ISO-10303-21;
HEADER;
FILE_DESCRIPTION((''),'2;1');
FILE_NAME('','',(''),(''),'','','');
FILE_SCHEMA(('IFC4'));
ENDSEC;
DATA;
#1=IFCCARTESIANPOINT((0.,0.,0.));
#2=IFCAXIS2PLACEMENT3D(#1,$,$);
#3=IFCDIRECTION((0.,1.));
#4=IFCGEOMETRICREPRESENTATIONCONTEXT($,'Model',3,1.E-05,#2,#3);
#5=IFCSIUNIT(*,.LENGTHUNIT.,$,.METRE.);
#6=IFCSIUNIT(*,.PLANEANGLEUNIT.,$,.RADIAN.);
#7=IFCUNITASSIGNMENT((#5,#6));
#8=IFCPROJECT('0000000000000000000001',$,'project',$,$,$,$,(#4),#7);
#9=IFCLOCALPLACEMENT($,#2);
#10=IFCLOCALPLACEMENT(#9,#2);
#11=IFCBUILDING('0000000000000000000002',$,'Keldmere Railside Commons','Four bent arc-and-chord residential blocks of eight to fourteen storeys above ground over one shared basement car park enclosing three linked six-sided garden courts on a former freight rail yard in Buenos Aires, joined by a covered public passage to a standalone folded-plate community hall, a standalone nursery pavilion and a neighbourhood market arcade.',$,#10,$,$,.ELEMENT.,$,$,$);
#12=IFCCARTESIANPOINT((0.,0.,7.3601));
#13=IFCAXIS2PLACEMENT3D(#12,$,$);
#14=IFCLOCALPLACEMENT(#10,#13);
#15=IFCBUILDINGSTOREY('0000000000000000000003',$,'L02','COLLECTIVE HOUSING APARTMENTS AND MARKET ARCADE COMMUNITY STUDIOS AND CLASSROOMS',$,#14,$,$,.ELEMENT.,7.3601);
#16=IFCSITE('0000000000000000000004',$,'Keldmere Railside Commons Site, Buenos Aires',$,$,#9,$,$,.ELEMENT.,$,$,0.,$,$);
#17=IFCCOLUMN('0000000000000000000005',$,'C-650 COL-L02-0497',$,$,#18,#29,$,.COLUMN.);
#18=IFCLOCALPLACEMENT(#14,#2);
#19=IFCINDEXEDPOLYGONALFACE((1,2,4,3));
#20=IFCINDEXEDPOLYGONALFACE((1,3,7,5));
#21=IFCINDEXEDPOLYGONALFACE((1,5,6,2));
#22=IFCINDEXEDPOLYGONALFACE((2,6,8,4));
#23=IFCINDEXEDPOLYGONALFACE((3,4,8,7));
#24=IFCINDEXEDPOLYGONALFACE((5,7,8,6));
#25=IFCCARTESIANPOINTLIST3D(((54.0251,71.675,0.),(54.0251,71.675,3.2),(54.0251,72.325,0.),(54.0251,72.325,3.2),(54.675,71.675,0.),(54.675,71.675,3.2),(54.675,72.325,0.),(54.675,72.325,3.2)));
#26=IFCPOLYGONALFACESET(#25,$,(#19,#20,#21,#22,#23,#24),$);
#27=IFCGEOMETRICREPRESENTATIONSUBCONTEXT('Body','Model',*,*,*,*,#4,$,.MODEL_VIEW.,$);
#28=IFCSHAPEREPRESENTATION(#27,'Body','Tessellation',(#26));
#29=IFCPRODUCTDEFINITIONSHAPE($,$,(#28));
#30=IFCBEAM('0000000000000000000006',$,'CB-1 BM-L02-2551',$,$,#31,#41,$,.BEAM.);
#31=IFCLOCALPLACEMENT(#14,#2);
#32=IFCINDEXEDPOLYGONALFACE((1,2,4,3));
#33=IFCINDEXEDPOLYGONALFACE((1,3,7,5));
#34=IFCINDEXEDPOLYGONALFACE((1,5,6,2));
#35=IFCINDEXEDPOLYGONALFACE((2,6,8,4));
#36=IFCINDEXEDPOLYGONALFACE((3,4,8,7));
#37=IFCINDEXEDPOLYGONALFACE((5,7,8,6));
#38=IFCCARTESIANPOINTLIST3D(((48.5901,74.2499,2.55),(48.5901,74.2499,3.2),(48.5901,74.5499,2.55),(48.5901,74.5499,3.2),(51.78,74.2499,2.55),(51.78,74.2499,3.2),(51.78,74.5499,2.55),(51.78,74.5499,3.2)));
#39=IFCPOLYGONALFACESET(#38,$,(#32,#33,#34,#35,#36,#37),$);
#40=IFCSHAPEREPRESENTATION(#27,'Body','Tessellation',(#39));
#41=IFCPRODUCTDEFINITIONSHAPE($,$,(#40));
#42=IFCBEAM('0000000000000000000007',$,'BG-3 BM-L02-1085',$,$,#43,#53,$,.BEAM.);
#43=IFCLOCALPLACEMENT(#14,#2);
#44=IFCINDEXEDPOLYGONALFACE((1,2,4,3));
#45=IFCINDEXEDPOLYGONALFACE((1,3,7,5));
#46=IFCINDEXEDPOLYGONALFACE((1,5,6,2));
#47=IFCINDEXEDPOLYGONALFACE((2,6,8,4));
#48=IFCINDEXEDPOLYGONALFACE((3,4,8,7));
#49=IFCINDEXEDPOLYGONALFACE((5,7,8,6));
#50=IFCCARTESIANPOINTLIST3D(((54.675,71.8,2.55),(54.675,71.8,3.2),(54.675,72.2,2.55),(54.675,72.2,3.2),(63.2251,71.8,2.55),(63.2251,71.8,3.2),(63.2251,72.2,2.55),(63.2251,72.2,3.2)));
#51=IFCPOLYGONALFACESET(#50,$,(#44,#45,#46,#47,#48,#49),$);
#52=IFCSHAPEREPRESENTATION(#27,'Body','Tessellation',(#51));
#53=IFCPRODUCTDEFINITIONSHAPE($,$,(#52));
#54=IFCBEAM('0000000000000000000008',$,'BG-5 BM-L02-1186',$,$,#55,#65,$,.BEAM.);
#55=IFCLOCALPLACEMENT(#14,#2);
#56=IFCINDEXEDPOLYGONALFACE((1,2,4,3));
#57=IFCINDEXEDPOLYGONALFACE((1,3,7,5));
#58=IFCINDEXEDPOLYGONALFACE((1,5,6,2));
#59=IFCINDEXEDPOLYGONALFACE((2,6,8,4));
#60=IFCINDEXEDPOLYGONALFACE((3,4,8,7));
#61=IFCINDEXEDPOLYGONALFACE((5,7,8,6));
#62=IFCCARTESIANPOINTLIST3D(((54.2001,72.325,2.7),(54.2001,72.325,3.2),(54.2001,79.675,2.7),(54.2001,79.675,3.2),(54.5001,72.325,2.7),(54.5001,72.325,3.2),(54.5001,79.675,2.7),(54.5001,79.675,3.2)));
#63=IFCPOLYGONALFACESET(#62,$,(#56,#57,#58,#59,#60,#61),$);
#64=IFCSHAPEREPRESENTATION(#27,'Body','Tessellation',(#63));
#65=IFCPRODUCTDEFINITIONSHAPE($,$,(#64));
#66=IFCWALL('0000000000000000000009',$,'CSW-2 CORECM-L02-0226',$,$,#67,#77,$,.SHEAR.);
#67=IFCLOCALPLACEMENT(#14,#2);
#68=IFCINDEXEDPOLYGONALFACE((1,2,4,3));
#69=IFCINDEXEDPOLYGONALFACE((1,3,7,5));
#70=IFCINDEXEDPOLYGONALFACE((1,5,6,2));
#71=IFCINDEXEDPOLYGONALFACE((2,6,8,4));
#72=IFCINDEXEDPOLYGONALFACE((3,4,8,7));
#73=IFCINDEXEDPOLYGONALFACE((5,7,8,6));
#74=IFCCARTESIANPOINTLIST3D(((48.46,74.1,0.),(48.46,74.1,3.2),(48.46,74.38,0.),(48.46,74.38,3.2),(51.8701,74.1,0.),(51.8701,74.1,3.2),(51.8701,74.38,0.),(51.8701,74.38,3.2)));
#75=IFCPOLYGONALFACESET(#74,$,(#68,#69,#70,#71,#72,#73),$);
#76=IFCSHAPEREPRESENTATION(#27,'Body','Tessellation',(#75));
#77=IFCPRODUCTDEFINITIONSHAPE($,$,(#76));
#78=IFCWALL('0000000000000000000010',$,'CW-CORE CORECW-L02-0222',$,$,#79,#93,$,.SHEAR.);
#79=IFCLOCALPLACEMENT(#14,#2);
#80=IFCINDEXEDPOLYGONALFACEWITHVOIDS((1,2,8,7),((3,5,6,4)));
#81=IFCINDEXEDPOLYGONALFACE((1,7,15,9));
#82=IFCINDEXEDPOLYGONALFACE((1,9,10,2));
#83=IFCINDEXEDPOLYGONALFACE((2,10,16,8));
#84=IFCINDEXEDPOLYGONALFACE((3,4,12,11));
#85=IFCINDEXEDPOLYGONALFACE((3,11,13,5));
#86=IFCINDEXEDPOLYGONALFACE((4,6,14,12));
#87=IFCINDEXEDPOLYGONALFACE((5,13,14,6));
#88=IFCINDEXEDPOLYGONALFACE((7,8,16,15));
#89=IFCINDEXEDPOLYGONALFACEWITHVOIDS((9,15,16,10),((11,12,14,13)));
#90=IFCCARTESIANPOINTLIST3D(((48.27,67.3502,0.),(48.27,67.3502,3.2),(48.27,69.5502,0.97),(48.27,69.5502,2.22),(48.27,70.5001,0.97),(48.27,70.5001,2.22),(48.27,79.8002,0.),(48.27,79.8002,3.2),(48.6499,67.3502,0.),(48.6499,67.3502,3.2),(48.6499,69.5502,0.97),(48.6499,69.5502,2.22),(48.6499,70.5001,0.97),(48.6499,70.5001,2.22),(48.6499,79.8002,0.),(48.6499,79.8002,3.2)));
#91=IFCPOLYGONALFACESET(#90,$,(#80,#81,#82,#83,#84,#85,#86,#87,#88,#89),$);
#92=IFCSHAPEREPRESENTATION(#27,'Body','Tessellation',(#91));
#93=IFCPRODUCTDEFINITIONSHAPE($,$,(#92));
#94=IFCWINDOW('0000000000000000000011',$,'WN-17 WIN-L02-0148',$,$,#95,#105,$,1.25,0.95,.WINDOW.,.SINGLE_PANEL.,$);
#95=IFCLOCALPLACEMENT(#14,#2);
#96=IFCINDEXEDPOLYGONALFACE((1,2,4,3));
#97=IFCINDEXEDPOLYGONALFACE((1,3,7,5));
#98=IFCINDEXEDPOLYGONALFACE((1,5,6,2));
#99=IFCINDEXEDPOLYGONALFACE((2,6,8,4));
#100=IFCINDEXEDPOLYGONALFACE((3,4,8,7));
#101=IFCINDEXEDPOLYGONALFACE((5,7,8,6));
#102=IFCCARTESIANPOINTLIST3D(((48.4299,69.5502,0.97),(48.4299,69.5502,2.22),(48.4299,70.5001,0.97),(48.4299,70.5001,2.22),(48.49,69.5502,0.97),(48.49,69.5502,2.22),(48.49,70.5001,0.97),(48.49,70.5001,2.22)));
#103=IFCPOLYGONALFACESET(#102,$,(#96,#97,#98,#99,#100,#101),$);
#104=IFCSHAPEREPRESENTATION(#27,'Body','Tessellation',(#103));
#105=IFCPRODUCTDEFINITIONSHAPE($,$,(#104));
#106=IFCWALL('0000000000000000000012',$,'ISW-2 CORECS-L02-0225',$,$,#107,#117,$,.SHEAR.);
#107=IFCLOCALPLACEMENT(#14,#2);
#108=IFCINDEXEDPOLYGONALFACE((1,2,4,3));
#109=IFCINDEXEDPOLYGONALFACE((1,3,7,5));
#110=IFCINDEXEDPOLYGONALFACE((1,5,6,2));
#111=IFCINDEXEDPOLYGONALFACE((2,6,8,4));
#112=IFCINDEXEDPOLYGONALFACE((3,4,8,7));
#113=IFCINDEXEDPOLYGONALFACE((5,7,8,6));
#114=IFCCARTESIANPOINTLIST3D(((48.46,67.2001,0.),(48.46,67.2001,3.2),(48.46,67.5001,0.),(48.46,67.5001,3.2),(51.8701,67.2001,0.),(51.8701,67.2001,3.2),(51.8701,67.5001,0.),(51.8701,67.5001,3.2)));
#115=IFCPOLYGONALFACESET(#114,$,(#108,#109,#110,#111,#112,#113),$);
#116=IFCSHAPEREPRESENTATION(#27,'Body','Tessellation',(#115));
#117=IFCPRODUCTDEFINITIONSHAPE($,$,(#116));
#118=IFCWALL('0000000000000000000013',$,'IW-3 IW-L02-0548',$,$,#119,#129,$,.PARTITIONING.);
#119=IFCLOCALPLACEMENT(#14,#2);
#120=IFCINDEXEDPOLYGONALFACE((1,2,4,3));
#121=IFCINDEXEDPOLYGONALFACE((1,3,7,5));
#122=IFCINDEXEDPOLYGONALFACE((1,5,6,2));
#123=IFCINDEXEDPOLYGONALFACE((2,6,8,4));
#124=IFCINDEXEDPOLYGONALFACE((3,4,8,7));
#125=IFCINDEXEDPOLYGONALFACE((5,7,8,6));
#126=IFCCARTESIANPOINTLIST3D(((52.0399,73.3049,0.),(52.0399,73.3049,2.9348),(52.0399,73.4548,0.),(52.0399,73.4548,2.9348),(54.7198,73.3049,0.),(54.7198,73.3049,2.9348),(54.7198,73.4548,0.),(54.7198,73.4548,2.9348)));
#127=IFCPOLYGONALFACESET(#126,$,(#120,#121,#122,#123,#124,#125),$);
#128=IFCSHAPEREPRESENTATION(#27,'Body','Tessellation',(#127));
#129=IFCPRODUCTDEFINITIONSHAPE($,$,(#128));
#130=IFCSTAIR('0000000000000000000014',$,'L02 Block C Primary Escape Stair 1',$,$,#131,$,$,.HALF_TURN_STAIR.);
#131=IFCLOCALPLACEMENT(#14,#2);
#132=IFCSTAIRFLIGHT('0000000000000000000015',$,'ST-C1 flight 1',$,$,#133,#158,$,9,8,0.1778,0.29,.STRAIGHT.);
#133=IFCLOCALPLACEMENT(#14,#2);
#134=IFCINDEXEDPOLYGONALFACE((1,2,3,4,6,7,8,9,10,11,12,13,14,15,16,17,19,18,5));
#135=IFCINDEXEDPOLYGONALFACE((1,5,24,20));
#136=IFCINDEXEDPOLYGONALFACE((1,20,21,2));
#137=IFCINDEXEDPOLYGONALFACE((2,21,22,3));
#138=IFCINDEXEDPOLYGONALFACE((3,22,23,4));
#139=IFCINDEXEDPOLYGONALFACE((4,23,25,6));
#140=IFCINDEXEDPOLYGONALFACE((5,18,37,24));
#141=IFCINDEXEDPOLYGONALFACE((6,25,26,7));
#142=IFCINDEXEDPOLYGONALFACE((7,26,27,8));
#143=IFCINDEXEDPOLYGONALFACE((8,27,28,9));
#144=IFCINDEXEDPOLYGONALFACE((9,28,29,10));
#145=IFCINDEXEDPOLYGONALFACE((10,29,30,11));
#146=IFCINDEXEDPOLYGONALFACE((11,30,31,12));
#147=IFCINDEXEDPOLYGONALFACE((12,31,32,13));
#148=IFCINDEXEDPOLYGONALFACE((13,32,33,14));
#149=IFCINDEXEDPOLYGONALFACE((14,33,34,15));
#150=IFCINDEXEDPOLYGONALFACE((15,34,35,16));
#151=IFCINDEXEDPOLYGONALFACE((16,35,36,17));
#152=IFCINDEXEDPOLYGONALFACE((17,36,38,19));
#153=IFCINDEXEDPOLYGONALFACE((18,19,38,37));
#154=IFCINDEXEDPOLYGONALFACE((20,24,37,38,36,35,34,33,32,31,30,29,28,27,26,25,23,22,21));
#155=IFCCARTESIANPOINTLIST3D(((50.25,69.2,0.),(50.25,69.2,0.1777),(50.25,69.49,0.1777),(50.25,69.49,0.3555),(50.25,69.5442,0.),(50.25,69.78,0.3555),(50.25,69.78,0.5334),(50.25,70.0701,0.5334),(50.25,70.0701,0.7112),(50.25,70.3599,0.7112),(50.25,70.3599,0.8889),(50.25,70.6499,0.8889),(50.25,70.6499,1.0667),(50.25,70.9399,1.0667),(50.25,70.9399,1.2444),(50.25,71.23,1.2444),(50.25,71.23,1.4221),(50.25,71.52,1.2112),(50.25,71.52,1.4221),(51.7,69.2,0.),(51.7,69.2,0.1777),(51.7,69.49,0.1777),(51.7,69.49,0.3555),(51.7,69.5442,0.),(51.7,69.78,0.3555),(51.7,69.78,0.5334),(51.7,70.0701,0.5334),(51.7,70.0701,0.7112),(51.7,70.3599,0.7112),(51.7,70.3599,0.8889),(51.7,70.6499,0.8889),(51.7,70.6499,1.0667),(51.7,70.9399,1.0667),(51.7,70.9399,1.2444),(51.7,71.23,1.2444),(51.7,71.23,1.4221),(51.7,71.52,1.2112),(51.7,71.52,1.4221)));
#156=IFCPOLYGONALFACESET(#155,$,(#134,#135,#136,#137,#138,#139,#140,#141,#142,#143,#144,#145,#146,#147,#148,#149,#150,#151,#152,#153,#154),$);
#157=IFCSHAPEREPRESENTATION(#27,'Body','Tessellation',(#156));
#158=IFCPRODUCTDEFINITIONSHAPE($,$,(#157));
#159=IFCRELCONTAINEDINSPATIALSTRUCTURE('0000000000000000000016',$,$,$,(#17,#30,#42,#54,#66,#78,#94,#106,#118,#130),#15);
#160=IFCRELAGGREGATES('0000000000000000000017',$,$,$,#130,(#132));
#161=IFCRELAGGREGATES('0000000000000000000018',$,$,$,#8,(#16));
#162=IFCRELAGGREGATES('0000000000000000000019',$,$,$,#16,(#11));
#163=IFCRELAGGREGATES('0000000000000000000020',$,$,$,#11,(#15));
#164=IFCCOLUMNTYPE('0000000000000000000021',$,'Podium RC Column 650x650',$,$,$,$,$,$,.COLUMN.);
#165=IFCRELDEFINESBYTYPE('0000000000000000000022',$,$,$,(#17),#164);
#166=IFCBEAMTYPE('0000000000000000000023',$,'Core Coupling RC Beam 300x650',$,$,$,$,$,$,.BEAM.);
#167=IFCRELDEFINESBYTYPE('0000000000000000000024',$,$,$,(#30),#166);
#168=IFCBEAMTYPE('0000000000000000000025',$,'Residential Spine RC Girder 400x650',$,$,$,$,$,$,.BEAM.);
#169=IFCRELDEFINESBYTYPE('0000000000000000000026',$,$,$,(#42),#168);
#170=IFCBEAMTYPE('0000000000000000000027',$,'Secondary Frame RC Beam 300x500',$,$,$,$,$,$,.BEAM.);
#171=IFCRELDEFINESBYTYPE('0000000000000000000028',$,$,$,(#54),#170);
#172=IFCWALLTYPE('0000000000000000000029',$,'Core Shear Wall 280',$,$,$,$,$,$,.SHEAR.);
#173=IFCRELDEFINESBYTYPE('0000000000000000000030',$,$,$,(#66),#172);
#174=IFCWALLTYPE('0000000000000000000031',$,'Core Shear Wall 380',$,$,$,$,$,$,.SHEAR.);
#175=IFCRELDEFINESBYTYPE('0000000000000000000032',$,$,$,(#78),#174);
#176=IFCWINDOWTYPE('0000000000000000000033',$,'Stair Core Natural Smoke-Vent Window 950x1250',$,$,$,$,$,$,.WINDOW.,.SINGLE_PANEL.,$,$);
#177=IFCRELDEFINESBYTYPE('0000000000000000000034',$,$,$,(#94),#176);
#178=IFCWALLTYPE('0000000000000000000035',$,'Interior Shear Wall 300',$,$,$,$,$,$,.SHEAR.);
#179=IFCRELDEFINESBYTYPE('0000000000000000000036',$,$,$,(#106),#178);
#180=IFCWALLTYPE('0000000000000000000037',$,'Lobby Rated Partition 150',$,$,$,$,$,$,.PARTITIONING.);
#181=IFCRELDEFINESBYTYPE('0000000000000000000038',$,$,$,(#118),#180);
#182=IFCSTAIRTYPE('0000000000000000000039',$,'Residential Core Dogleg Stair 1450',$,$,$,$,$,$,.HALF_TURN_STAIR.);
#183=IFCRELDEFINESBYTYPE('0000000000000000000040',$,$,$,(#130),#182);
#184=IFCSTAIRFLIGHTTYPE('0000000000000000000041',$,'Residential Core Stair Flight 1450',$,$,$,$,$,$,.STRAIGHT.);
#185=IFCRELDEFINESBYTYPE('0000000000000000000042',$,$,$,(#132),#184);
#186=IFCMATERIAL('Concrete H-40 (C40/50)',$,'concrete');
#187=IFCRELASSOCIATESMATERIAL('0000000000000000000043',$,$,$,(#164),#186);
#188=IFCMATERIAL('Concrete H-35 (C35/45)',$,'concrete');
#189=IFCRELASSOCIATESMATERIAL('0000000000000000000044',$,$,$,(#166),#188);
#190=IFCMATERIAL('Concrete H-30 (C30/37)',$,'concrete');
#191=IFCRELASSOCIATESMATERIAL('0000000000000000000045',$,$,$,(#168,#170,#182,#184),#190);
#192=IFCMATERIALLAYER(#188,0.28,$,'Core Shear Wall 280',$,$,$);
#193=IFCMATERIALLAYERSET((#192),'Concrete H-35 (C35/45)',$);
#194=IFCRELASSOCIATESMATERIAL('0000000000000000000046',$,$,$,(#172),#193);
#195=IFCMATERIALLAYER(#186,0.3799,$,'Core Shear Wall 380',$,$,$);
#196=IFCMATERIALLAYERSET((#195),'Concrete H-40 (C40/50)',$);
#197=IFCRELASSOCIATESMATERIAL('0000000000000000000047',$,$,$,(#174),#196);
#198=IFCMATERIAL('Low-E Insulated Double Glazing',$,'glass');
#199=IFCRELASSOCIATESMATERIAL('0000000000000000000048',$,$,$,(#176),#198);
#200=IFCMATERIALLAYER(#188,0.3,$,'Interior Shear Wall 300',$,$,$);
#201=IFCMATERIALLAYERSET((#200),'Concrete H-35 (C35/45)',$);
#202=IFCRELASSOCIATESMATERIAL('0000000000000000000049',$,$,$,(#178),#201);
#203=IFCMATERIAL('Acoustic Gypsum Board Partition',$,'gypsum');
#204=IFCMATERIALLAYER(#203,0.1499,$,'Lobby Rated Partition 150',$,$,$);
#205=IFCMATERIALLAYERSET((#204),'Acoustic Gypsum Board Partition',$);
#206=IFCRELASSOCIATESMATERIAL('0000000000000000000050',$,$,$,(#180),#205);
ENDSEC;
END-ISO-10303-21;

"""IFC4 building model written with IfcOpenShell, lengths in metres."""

from ifc_helpers import new_model, si_unit, direction, frame, frame_2d, origin, origin_2d, place, context, subcontext, project, spatial, polyline, rectangle, outline, extrude, material, layer, layer_set, material_profile, profile_set, type_object, element, fill, aggregate, save


model = new_model("IFC4")

# Units and contexts
model_context = context("Model", 3, precision=1e-05, world=origin(), true_north=direction((0.0, 1.0)))
body_context = subcontext(model_context, "Body", "Model", "MODEL_VIEW")
ifc_project = project(units=[si_unit("LENGTHUNIT", "METRE"), si_unit("PLANEANGLEUNIT", "RADIAN")], contexts=[model_context])

# Site, building, storey
site_placement = place(None, origin())
site = spatial("IfcSite", under=ifc_project, at=site_placement, Name="Keldmere Railside Commons Site, Buenos Aires", CompositionType="ELEMENT", RefElevation=0.0)
building_placement = place(site_placement, origin())
building = spatial("IfcBuilding", under=site, at=building_placement, Name="Keldmere Railside Commons", Description="Four bent arc-and-chord residential blocks of eight to fourteen storeys above ground over one shared basement car park enclosing three linked six-sided garden courts on a former freight rail yard in Buenos Aires, joined by a covered public passage to a standalone folded-plate community hall, a standalone nursery pavilion and a neighbourhood market arcade.", CompositionType="ELEMENT")
storey_placement = place(building_placement, frame((0.0, 0.0, 7.3601)))
storey = spatial("IfcBuildingStorey", under=building, at=storey_placement, Name="L02", Description="COLLECTIVE HOUSING APARTMENTS AND MARKET ARCADE COMMUNITY STUDIOS AND CLASSROOMS", CompositionType="ELEMENT", Elevation=7.3601)

# Column
ifc_material_1 = material(Name="Concrete H-40 (C40/50)", Category="concrete")
ifc_material_profile_1 = material_profile(ifc_material_1, rectangle(XDim=0.6499, YDim=0.6499, at=origin_2d()), Name="RC-650x650")
ifc_profile_set_1 = profile_set([ifc_material_profile_1], Name="Concrete H-40 (C40/50)")
column_type = type_object("IfcColumnType", Name="Podium RC Column 650x650", PredefinedType="COLUMN", material=ifc_profile_set_1)
column_placement = place(storey_placement, frame((54.3501, 72.0, 0.0), z_axis=(0.0, 0.0, 1.0), x_axis=(1.0, 0.0, 0.0)))
element("IfcColumn", 1, at=column_placement, inside=storey, type_object=column_type, Name="C-650 COL-L02-0497", PredefinedType="COLUMN", context=body_context, shape_type="SweptSolid", body=[
    extrude(rectangle(XDim=0.6499, YDim=0.6499, at=origin_2d()), origin(), (0.0, 0.0, 1.0), 3.2),
])

# Beams
ifc_material_2 = material(Name="Concrete H-35 (C35/45)", Category="concrete")
ifc_material_profile_2 = material_profile(ifc_material_2, rectangle(XDim=0.3, YDim=0.6499, at=origin_2d()), Name="RC-300x650")
ifc_profile_set_2 = profile_set([ifc_material_profile_2], Name="Concrete H-35 (C35/45)")
beam_type_1 = type_object("IfcBeamType", Name="Core Coupling RC Beam 300x650", PredefinedType="BEAM", material=ifc_profile_set_2)
beam_1_placement = place(storey_placement, frame((48.5901, 74.3999, 2.875), z_axis=(1.0, 0.0, 0.0), x_axis=(0.0, 1.0, 0.0)))
element("IfcBeam", 2, at=beam_1_placement, inside=storey, type_object=beam_type_1, Name="CB-1 BM-L02-2551", PredefinedType="BEAM", context=body_context, shape_type="SweptSolid", body=[
    extrude(rectangle(XDim=0.3, YDim=0.6499, at=origin_2d()), origin(), (0.0, 0.0, 1.0), 3.1899),
])
ifc_material_3 = material(Name="Concrete H-30 (C30/37)", Category="concrete")
ifc_material_profile_3 = material_profile(ifc_material_3, rectangle(XDim=0.3999, YDim=0.6499, at=origin_2d()), Name="RC-400x650")
ifc_profile_set_3 = profile_set([ifc_material_profile_3], Name="Concrete H-30 (C30/37)")
beam_type_2 = type_object("IfcBeamType", Name="Residential Spine RC Girder 400x650", PredefinedType="BEAM", material=ifc_profile_set_3)
beam_2_placement = place(storey_placement, frame((54.675, 72.0, 2.875), z_axis=(1.0, 0.0, 0.0), x_axis=(0.0, 1.0, 0.0)))
element("IfcBeam", 3, at=beam_2_placement, inside=storey, type_object=beam_type_2, Name="BG-3 BM-L02-1085", PredefinedType="BEAM", context=body_context, shape_type="SweptSolid", body=[
    extrude(rectangle(XDim=0.3999, YDim=0.6499, at=origin_2d()), origin(), (0.0, 0.0, 1.0), 8.55),
])
ifc_material_profile_4 = material_profile(ifc_material_3, rectangle(XDim=0.3, YDim=0.5, at=origin_2d()), Name="RC-300x500")
ifc_profile_set_4 = profile_set([ifc_material_profile_4], Name="Concrete H-30 (C30/37)")
beam_type_3 = type_object("IfcBeamType", Name="Secondary Frame RC Beam 300x500", PredefinedType="BEAM", material=ifc_profile_set_4)
beam_3_placement = place(storey_placement, frame((54.3501, 72.325, 2.95), z_axis=(0.0, 1.0, 0.0), x_axis=(-1.0, 0.0, 0.0)))
element("IfcBeam", 4, at=beam_3_placement, inside=storey, type_object=beam_type_3, Name="BG-5 BM-L02-1186", PredefinedType="BEAM", context=body_context, shape_type="SweptSolid", body=[
    extrude(rectangle(XDim=0.3, YDim=0.5, at=origin_2d()), origin(), (0.0, 0.0, 1.0), 7.3501),
])

# Wall
ifc_layer_1 = layer(ifc_material_2, 0.28, Name="Core Shear Wall 280")
ifc_layer_set_1 = layer_set([ifc_layer_1], Name="Concrete H-35 (C35/45)")
wall_type_1 = type_object("IfcWallType", Name="Core Shear Wall 280", PredefinedType="SHEAR", material=ifc_layer_set_1)
wall_1_placement = place(storey_placement, frame((48.46, 74.24, 0.0), z_axis=(0.0, 0.0, 1.0), x_axis=(1.0, 0.0, 0.0)))
element("IfcWall", 5, at=wall_1_placement, inside=storey, type_object=wall_type_1, Name="CSW-2 CORECM-L02-0226", PredefinedType="SHEAR", context=body_context, shape_type="SweptSolid", body=[
    extrude(rectangle(XDim=3.4102, YDim=0.28, at=frame_2d((1.7051, 0.0))), origin(), (0.0, 0.0, 1.0), 3.2),
])

# Wall, opening, window
ifc_layer_2 = layer(ifc_material_1, 0.3799, Name="Core Shear Wall 380")
ifc_layer_set_2 = layer_set([ifc_layer_2], Name="Concrete H-40 (C40/50)")
wall_type_2 = type_object("IfcWallType", Name="Core Shear Wall 380", PredefinedType="SHEAR", material=ifc_layer_set_2)
wall_2_placement = place(storey_placement, frame((48.46, 67.3501, 0.0), z_axis=(0.0, 0.0, 1.0), x_axis=(0.0, 1.0, 0.0)))
wall_2 = element("IfcWall", 6, at=wall_2_placement, inside=storey, type_object=wall_type_2, Name="CW-CORE CORECW-L02-0222", PredefinedType="SHEAR", context=body_context, shape_type="SweptSolid", body=[
    extrude(rectangle(XDim=12.45, YDim=0.3799, at=frame_2d((6.2251, 0.0))), origin(), (0.0, 0.0, 1.0), 3.2),
])
opening_1_placement = place(wall_2_placement, frame((2.2, 0.0, 0.97)))
opening_1 = element("IfcOpeningElement", 7, at=opening_1_placement, cuts=wall_2, PredefinedType="OPENING", context=body_context, shape_type="SweptSolid", body=[
    extrude(rectangle(XDim=0.95, YDim=1.25, at=frame_2d((0.4751, 0.625))), frame((0.0, 0.2, 0.0), z_axis=(0.0, -1.0, 0.0), x_axis=(1.0, 0.0, 0.0)), (0.0, 0.0, 1.0), 0.3999),
])
ifc_material_4 = material(Name="Low-E Insulated Double Glazing", Category="glass")
window_type = type_object("IfcWindowType", Name="Stair Core Natural Smoke-Vent Window 950x1250", PartitioningType="SINGLE_PANEL", PredefinedType="WINDOW", material=ifc_material_4)
window_placement = place(opening_1_placement, origin())
window = element("IfcWindow", 8, at=window_placement, inside=storey, type_object=window_type, Name="WN-17 WIN-L02-0148", OverallHeight=1.25, OverallWidth=0.95, PartitioningType="SINGLE_PANEL", PredefinedType="WINDOW", context=body_context, shape_type="SweptSolid", body=[
    extrude(rectangle(XDim=0.95, YDim=1.25, at=frame_2d((0.4751, 0.625))), frame((0.0, 0.03, 0.0), z_axis=(0.0, -1.0, 0.0), x_axis=(1.0, 0.0, 0.0)), (0.0, 0.0, 1.0), 0.0601),
])
fill(opening_1, window)

# Walls
ifc_layer_3 = layer(ifc_material_2, 0.3, Name="Interior Shear Wall 300")
ifc_layer_set_3 = layer_set([ifc_layer_3], Name="Concrete H-35 (C35/45)")
wall_type_3 = type_object("IfcWallType", Name="Interior Shear Wall 300", PredefinedType="SHEAR", material=ifc_layer_set_3)
wall_3_placement = place(storey_placement, frame((51.8701, 67.3501, 0.0), z_axis=(0.0, 0.0, 1.0), x_axis=(-1.0, 0.0, 0.0)))
element("IfcWall", 9, at=wall_3_placement, inside=storey, type_object=wall_type_3, Name="ISW-2 CORECS-L02-0225", PredefinedType="SHEAR", context=body_context, shape_type="SweptSolid", body=[
    extrude(rectangle(XDim=3.4102, YDim=0.3, at=frame_2d((1.7051, 0.0))), origin(), (0.0, 0.0, 1.0), 3.2),
])
ifc_material_5 = material(Name="Acoustic Gypsum Board Partition", Category="gypsum")
ifc_layer_4 = layer(ifc_material_5, 0.1499, Name="Lobby Rated Partition 150")
ifc_layer_set_4 = layer_set([ifc_layer_4], Name="Acoustic Gypsum Board Partition")
wall_type_4 = type_object("IfcWallType", Name="Lobby Rated Partition 150", PredefinedType="PARTITIONING", material=ifc_layer_set_4)
wall_4_placement = place(storey_placement, frame((52.04, 73.3799, 0.0), z_axis=(0.0, 0.0, 1.0), x_axis=(1.0, 0.0, 0.0)))
element("IfcWall", 10, at=wall_4_placement, inside=storey, type_object=wall_type_4, Name="IW-3 IW-L02-0548", PredefinedType="PARTITIONING", context=body_context, shape_type="SweptSolid", body=[
    extrude(rectangle(XDim=2.6799, YDim=0.1499, at=frame_2d((1.3398, 0.0))), origin(), (0.0, 0.0, 1.0), 2.9348),
])

# Stair, stair flight
stair_type = type_object("IfcStairType", Name="Residential Core Dogleg Stair 1450", PredefinedType="HALF_TURN_STAIR", material=ifc_material_3)
stair_placement = place(storey_placement, origin())
stair = element("IfcStair", 11, at=stair_placement, inside=storey, type_object=stair_type, Name="L02 Block C Primary Escape Stair 1", PredefinedType="HALF_TURN_STAIR")
stair_flight_type = type_object("IfcStairFlightType", Name="Residential Core Stair Flight 1450", PredefinedType="STRAIGHT", material=ifc_material_3)
stair_flight_1_placement = place(storey_placement, frame((50.9751, 69.2, 0.0), z_axis=(0.0, 0.0, 1.0), x_axis=(0.0, 1.0, 0.0)))
stair_flight_1 = element("IfcStairFlight", 12, at=stair_flight_1_placement, type_object=stair_flight_type, Name="ST-C1 flight 1", NumberOfRisers=9, NumberOfTreads=8, PredefinedType="STRAIGHT", RiserHeight=0.1778, TreadLength=0.29, context=body_context, shape_type="SweptSolid", body=[
    extrude(outline(polyline([(0.0, 0.0), (0.0, 0.1777), (0.29, 0.1777), (0.29, 0.3555), (0.5801, 0.3555), (0.5801, 0.5334), (0.8701, 0.5334), (0.8701, 0.7112), (1.1599, 0.7112), (1.1599, 0.8889), (1.45, 0.8889), (1.45, 1.0667), (1.74, 1.0667), (1.74, 1.2444), (2.03, 1.2444), (2.03, 1.4221), (2.3201, 1.4221), (2.3201, 1.6001), (2.3201, 1.2112), (0.3442, 0.0), (0.0, 0.0)])), frame((0.0, 0.7251, 0.0), z_axis=(0.0, -1.0, 0.0), x_axis=(1.0, 0.0, 0.0)), (0.0, 0.0, 1.0), 1.45),
])
aggregate(stair, [stair_flight_1])

save(model, "model.ifc")
